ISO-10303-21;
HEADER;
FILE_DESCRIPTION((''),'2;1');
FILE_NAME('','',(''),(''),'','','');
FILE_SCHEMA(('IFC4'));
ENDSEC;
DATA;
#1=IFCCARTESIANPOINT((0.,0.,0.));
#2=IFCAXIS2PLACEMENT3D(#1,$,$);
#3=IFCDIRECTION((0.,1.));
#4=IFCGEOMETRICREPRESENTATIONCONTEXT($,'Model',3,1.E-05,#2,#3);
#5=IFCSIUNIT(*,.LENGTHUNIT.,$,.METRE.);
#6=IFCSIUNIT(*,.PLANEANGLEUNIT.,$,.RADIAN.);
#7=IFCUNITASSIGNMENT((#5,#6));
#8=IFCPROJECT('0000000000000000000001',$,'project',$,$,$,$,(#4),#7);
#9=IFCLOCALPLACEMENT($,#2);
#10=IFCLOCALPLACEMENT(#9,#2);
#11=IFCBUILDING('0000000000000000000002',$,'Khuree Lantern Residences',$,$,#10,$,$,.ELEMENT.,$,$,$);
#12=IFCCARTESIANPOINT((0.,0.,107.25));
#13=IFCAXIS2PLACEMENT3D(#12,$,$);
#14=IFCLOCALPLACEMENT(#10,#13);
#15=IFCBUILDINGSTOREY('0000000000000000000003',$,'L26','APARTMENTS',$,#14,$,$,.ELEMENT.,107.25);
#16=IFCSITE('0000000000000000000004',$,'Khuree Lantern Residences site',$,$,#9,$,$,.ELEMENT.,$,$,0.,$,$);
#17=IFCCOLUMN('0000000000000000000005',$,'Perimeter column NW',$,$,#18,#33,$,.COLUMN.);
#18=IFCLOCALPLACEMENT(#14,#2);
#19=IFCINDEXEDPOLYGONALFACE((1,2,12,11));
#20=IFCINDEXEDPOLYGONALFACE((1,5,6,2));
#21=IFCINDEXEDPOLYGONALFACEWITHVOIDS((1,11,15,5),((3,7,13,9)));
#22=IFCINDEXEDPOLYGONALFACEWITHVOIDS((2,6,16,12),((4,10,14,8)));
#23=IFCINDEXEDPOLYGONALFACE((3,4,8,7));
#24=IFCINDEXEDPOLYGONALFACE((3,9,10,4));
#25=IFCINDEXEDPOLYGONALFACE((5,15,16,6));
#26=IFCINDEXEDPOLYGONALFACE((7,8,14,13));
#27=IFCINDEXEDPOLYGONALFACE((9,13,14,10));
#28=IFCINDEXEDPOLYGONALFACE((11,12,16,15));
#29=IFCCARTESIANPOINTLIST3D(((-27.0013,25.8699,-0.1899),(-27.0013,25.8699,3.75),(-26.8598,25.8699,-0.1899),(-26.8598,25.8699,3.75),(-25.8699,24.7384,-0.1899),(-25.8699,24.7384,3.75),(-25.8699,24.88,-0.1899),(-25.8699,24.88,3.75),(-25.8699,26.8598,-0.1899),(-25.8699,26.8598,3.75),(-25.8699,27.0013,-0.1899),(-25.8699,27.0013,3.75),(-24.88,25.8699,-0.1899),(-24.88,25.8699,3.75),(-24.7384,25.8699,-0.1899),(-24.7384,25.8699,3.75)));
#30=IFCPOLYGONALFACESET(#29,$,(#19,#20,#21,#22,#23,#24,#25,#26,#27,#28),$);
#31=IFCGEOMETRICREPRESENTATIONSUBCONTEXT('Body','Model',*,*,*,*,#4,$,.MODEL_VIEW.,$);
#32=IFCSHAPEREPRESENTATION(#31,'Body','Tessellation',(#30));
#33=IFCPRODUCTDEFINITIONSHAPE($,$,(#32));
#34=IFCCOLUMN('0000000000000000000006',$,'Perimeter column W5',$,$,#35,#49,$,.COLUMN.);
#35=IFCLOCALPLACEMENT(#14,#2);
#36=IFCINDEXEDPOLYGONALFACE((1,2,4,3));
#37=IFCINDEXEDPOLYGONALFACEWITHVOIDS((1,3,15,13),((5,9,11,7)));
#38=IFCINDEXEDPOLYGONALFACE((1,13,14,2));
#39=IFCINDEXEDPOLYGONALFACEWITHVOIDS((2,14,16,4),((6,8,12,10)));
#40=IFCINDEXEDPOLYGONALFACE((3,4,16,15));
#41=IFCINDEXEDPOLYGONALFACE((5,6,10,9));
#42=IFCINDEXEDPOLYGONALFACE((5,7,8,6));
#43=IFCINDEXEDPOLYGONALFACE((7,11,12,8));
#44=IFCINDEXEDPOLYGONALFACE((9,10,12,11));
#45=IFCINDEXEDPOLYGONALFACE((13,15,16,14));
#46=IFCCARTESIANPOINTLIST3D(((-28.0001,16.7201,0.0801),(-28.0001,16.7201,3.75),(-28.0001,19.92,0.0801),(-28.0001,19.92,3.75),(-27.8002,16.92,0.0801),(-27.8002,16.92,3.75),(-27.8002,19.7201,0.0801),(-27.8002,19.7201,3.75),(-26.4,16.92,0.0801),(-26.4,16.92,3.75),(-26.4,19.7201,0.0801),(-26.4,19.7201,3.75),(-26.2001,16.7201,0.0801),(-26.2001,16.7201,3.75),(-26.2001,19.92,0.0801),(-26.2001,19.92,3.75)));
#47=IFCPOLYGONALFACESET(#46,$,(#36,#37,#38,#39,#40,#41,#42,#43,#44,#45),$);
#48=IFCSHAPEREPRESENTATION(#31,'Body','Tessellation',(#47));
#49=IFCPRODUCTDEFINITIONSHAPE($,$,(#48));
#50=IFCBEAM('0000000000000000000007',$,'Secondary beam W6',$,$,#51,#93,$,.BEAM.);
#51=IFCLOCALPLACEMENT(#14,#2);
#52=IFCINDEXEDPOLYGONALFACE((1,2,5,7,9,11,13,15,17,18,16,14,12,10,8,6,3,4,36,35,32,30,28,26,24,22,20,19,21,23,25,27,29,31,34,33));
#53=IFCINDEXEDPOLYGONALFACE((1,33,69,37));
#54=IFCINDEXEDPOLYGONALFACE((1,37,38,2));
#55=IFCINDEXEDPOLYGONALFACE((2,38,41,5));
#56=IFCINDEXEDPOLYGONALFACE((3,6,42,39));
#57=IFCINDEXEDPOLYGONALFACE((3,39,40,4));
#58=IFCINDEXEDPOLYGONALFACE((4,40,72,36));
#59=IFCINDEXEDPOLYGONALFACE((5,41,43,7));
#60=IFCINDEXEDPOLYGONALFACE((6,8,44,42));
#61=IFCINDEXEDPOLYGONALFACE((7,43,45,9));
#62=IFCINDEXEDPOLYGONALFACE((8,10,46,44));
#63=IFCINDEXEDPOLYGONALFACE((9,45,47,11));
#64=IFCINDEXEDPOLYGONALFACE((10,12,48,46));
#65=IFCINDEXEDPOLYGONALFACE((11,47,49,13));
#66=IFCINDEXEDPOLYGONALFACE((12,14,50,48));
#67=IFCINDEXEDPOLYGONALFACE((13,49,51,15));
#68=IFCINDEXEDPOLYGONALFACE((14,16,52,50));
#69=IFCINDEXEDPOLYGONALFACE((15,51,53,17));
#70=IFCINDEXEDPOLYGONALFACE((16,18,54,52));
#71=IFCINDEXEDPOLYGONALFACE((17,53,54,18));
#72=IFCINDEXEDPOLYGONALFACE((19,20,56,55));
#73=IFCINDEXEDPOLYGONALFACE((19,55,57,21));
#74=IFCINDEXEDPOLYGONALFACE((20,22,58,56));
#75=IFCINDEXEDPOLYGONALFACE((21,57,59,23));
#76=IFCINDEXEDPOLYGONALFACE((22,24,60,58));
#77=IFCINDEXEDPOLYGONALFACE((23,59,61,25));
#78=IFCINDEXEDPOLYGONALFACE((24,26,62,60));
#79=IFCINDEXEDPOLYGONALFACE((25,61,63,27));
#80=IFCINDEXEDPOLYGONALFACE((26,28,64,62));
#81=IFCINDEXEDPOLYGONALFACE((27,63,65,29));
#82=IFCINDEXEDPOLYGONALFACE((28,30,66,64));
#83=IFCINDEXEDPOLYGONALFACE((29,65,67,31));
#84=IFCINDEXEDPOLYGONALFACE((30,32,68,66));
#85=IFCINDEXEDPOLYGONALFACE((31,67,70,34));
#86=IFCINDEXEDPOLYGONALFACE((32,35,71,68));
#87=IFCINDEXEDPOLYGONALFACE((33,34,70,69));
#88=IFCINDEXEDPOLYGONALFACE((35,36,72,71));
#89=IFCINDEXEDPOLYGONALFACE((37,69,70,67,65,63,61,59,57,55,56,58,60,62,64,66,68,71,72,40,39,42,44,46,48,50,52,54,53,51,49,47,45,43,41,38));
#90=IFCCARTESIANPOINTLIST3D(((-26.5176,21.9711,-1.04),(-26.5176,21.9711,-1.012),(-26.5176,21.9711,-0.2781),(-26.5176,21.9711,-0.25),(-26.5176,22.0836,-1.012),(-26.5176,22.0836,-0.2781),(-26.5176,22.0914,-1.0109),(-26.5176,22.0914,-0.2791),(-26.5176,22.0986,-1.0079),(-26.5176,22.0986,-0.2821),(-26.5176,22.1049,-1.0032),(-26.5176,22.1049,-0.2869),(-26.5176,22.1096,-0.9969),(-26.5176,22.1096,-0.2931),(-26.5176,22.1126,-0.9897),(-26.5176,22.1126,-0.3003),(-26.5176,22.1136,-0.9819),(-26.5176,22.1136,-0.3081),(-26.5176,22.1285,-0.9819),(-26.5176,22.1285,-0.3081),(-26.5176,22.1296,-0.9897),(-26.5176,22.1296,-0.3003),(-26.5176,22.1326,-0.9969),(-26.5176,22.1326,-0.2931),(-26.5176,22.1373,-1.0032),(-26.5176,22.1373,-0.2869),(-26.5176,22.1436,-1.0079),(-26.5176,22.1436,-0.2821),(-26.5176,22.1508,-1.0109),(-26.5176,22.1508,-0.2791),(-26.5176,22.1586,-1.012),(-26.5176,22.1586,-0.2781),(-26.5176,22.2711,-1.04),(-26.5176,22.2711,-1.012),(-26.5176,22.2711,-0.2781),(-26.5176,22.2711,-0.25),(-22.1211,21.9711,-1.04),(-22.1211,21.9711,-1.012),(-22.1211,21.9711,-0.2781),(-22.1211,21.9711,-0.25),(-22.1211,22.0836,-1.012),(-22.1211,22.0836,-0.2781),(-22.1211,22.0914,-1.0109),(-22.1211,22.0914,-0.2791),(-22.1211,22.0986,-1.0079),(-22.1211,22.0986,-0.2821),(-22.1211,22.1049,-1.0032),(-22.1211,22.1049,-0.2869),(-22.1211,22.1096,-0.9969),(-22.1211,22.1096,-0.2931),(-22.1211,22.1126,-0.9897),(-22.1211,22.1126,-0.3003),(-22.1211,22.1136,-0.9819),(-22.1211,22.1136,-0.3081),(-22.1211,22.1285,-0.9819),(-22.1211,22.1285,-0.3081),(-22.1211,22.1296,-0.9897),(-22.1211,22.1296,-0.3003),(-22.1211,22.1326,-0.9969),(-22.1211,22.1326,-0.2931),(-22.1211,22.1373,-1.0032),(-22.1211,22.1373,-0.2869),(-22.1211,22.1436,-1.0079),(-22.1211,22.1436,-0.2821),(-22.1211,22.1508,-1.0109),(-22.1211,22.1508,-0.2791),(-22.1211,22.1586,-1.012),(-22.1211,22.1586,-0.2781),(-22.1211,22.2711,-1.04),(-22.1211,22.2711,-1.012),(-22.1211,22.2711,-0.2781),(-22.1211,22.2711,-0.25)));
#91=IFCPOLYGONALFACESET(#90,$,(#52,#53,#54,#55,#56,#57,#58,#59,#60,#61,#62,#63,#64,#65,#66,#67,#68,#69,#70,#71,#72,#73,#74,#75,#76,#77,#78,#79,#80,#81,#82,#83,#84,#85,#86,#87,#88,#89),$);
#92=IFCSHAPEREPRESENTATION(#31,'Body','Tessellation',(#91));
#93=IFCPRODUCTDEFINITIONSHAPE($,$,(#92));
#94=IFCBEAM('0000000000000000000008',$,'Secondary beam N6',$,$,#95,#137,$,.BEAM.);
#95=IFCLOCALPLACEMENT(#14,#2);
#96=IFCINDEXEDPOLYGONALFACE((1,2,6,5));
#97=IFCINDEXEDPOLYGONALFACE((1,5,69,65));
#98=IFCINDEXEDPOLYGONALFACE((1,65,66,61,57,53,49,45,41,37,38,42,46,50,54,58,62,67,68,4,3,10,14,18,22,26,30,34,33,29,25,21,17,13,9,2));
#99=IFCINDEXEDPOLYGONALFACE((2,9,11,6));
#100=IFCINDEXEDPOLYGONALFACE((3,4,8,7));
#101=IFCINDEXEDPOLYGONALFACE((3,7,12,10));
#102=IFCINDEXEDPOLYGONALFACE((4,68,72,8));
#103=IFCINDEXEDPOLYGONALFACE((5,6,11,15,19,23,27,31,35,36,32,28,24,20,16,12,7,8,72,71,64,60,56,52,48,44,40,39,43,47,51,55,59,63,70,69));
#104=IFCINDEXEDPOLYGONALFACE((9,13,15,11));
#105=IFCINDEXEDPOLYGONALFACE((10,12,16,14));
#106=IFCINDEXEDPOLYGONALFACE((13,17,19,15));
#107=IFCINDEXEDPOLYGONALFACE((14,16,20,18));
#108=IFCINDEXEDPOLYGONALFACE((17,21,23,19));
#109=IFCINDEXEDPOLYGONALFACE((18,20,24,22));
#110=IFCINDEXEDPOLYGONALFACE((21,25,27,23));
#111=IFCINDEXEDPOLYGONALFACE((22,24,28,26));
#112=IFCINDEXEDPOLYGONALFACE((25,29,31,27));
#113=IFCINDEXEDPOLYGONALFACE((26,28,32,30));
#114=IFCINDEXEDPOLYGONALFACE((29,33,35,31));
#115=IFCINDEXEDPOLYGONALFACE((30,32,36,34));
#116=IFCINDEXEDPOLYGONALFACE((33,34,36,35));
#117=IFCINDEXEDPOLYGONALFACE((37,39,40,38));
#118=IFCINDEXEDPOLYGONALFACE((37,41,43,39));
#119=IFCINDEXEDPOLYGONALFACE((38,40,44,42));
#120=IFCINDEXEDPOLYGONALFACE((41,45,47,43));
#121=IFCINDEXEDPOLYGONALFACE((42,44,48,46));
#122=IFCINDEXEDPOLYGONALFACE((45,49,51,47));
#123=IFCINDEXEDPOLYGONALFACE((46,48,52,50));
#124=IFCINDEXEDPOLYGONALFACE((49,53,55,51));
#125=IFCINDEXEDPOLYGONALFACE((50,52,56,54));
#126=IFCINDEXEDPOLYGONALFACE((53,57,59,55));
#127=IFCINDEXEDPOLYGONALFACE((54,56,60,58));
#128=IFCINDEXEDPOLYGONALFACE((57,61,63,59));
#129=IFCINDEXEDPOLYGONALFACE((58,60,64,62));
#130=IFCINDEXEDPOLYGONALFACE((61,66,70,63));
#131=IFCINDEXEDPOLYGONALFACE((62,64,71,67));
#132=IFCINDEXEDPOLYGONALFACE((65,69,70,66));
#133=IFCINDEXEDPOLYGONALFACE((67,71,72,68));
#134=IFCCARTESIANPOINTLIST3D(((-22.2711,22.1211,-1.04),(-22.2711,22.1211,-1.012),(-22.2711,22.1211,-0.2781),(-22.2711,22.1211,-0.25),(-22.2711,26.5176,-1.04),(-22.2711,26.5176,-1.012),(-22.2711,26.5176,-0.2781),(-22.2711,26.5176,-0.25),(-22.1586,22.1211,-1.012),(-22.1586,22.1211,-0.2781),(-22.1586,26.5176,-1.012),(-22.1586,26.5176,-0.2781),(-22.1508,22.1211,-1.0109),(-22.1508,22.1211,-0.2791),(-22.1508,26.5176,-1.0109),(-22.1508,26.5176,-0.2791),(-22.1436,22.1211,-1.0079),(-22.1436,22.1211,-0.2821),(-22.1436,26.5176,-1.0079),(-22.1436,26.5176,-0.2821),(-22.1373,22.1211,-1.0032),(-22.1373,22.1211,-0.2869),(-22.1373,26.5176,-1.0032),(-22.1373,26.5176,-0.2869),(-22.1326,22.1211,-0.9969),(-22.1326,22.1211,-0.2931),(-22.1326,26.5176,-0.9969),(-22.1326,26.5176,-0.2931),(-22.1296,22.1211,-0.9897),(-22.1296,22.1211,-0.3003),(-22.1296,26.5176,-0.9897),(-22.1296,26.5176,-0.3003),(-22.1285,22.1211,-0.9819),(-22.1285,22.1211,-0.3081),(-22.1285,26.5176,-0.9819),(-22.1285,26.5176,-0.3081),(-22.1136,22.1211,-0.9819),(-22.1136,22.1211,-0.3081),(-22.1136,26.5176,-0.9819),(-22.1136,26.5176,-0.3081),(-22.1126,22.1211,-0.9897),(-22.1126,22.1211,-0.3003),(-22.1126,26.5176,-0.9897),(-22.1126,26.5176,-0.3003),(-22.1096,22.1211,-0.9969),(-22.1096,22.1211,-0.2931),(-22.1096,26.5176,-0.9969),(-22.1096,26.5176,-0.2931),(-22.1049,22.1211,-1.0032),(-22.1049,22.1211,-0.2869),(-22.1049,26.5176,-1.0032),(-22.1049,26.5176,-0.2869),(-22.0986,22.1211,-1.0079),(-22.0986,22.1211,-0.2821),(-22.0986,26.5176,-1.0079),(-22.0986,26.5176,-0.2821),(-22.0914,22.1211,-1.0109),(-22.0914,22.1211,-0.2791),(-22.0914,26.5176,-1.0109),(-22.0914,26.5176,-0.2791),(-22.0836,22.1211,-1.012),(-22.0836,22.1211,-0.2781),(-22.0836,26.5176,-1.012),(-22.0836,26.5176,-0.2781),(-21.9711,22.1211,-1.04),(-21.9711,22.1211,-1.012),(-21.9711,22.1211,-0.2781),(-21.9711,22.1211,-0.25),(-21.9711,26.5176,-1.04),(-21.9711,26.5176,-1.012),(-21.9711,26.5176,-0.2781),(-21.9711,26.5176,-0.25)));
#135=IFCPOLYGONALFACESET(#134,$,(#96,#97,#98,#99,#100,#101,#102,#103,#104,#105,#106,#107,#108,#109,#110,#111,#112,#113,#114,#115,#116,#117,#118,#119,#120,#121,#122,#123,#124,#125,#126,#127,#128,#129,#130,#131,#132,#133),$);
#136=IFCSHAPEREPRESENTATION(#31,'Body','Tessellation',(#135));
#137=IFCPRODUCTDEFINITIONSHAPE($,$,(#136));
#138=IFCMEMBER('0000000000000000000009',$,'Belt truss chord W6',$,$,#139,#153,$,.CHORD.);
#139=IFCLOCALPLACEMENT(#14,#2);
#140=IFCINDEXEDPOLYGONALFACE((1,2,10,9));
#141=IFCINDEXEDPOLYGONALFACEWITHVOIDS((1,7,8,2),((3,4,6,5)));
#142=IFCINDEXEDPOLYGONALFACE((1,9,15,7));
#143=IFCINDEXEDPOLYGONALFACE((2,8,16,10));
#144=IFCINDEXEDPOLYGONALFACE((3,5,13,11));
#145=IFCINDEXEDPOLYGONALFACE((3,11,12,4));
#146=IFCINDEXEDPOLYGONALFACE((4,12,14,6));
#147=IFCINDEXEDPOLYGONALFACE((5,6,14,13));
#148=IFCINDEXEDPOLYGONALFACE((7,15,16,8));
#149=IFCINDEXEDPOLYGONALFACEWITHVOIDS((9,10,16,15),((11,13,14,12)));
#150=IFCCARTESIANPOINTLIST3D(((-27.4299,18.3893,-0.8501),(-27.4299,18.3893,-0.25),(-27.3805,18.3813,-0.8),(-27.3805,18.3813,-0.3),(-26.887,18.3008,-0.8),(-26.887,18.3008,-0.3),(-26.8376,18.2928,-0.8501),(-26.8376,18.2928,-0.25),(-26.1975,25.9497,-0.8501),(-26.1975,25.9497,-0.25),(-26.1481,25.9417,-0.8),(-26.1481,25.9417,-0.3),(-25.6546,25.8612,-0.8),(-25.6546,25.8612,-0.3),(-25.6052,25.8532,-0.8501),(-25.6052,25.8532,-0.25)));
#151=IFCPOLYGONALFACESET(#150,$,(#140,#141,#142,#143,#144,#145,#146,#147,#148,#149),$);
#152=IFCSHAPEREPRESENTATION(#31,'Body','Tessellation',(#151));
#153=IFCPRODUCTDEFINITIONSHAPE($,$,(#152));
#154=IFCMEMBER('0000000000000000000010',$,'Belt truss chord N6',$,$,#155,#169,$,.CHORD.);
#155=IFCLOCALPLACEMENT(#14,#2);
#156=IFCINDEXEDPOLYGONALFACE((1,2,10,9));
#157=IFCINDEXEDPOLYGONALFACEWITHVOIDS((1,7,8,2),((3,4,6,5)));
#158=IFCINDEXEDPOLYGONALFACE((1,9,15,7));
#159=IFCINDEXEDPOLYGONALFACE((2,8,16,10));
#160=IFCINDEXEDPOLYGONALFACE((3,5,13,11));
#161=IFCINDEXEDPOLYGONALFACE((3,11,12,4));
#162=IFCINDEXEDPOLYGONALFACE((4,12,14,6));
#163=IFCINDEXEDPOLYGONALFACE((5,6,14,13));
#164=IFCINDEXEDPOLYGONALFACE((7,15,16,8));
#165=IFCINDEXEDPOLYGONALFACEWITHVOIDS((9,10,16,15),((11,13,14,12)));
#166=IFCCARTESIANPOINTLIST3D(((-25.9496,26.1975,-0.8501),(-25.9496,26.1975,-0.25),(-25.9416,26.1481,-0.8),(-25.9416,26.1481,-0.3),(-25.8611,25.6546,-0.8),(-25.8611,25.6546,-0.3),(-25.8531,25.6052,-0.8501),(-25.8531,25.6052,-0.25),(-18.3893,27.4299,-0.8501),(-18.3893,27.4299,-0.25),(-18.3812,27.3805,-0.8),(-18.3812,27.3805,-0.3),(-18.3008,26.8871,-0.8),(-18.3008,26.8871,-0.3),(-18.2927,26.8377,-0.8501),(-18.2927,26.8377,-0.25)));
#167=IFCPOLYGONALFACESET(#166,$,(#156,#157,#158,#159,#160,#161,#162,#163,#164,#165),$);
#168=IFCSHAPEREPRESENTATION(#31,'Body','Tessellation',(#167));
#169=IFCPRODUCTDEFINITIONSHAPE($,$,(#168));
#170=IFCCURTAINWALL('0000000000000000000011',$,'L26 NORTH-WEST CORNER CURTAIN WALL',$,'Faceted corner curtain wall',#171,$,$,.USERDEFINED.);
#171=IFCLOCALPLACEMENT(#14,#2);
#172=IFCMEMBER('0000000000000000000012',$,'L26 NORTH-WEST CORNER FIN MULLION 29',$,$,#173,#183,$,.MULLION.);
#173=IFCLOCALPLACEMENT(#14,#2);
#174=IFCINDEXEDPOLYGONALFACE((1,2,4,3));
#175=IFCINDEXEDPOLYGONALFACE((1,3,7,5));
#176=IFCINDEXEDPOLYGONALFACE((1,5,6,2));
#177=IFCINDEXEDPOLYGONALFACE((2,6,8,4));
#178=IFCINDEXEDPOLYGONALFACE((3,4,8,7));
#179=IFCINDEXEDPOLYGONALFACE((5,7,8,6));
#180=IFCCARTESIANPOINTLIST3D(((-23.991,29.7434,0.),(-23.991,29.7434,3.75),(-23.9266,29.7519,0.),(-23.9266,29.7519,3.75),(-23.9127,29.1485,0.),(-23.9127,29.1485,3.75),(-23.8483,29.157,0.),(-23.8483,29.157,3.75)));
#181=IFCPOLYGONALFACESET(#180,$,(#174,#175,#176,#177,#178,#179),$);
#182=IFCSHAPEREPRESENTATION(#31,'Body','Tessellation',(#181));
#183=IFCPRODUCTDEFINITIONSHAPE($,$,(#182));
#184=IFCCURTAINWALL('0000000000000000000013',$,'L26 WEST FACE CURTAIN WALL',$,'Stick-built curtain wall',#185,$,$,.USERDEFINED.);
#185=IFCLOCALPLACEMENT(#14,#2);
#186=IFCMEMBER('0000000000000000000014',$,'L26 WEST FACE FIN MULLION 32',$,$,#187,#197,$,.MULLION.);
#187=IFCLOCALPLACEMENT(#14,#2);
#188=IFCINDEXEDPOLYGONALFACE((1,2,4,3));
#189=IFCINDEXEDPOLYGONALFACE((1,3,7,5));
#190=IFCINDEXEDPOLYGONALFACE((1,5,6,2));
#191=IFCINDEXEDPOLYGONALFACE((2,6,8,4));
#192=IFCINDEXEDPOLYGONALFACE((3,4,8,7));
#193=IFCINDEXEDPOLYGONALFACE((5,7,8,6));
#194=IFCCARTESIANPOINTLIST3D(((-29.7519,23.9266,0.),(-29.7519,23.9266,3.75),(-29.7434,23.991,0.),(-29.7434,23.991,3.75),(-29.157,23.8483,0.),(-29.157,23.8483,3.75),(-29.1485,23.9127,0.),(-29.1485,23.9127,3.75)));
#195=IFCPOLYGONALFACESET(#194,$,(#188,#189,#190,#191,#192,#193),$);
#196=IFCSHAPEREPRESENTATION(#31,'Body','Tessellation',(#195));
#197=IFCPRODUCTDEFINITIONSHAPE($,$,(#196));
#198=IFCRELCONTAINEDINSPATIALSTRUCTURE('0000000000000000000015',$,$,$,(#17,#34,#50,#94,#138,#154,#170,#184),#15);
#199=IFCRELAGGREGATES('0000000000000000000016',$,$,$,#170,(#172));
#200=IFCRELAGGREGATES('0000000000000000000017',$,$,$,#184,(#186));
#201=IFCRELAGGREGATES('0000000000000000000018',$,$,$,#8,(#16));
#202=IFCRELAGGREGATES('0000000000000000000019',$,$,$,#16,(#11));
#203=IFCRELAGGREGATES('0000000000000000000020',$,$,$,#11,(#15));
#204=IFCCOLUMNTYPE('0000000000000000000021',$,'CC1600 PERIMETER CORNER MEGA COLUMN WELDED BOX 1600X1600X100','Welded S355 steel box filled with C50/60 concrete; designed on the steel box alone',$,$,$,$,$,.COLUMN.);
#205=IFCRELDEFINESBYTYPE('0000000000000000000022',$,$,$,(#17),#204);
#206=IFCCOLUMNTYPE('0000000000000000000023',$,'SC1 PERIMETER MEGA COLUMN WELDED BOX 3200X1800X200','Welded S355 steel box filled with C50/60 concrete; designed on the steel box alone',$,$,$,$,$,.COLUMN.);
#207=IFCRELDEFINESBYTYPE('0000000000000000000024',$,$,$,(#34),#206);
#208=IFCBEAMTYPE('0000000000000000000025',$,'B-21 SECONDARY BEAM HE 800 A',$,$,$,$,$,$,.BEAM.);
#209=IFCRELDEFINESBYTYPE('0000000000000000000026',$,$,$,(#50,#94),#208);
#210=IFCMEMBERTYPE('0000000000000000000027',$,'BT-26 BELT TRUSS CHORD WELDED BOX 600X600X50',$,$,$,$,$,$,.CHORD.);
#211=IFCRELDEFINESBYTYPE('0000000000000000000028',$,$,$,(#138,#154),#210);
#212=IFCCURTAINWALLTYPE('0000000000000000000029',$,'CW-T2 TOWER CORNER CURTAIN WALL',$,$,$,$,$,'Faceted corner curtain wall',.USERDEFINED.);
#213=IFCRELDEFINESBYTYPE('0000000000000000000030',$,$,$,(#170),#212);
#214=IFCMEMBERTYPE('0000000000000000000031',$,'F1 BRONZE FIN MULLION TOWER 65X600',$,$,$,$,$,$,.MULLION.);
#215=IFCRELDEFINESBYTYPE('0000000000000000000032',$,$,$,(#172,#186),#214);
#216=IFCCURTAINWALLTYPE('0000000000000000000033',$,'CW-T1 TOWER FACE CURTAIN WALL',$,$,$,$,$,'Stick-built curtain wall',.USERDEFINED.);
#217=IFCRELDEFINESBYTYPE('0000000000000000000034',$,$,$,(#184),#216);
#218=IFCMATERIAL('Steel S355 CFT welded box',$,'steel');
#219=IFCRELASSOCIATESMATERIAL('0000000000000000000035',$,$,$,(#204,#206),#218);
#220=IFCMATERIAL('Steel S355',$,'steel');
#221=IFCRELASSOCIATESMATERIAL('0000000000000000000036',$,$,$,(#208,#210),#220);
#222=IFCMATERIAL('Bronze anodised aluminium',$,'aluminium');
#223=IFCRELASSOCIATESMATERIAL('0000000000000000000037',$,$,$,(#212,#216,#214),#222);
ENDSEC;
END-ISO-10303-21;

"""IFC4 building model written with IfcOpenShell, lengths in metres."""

from ifc_helpers import new_model, si_unit, direction, frame, origin, origin_2d, place, context, subcontext, project, spatial, rectangle, hollow_rectangle, i_section, extrude, material, material_profile, profile_set, type_object, element, aggregate, save


model = new_model("IFC4")

# Units and contexts
model_context = context("Model", 3, precision=1e-05, world=origin(), true_north=direction((0.0, 1.0)))
body_context = subcontext(model_context, "Body", "Model", "MODEL_VIEW")
ifc_project = project(units=[si_unit("LENGTHUNIT", "METRE"), si_unit("PLANEANGLEUNIT", "RADIAN")], contexts=[model_context])

# Site, building, storey
site_placement = place(None, origin())
site = spatial("IfcSite", under=ifc_project, at=site_placement, Name="Khuree Lantern Residences site", CompositionType="ELEMENT", RefElevation=0.0)
building_placement = place(site_placement, origin())
building = spatial("IfcBuilding", under=site, at=building_placement, Name="Khuree Lantern Residences", CompositionType="ELEMENT")
storey_placement = place(building_placement, frame((0.0, 0.0, 107.25)))
storey = spatial("IfcBuildingStorey", under=building, at=storey_placement, Name="L26", Description="APARTMENTS", CompositionType="ELEMENT", Elevation=107.25)

# Columns
ifc_material_1 = material(Name="Steel S355 CFT welded box", Category="steel")
ifc_material_profile_1 = material_profile(ifc_material_1, hollow_rectangle(XDim=1.6001, YDim=1.6001, WallThickness=0.1001, at=origin_2d()), Name="WELDED BOX 1600X1600X100")
ifc_profile_set_1 = profile_set([ifc_material_profile_1], Name="Steel S355 CFT welded box")
column_type_1 = type_object("IfcColumnType", Name="CC1600 PERIMETER CORNER MEGA COLUMN WELDED BOX 1600X1600X100", Description="Welded S355 steel box filled with C50/60 concrete; designed on the steel box alone", PredefinedType="COLUMN", material=ifc_profile_set_1)
column_1_placement = place(storey_placement, frame((-25.8699, 25.8699, -0.1899), z_axis=(0.0, 0.0, 1.0), x_axis=(0.707107, 0.707107, 0.0)))
element("IfcColumn", 1, at=column_1_placement, inside=storey, type_object=column_type_1, Name="Perimeter column NW", PredefinedType="COLUMN", context=body_context, shape_type="SweptSolid", body=[
    extrude(hollow_rectangle(XDim=1.6001, YDim=1.6001, WallThickness=0.1001, at=origin_2d()), origin(), (0.0, 0.0, 1.0), 3.9399),
])
ifc_material_profile_2 = material_profile(ifc_material_1, hollow_rectangle(XDim=3.2, YDim=1.8, WallThickness=0.2, at=origin_2d()), Name="WELDED BOX 3200X1800X200")
ifc_profile_set_2 = profile_set([ifc_material_profile_2], Name="Steel S355 CFT welded box")
column_type_2 = type_object("IfcColumnType", Name="SC1 PERIMETER MEGA COLUMN WELDED BOX 3200X1800X200", Description="Welded S355 steel box filled with C50/60 concrete; designed on the steel box alone", PredefinedType="COLUMN", material=ifc_profile_set_2)
column_2_placement = place(storey_placement, frame((-27.1001, 18.3201, 0.0801), z_axis=(0.0, 0.0, 1.0), x_axis=(0.0, 1.0, 0.0)))
element("IfcColumn", 2, at=column_2_placement, inside=storey, type_object=column_type_2, Name="Perimeter column W5", PredefinedType="COLUMN", context=body_context, shape_type="SweptSolid", body=[
    extrude(hollow_rectangle(XDim=3.2, YDim=1.8, WallThickness=0.2, at=origin_2d()), origin(), (0.0, 0.0, 1.0), 3.6699),
])

# Beams
ifc_material_2 = material(Name="Steel S355", Category="steel")
ifc_material_profile_3 = material_profile(ifc_material_2, i_section(OverallWidth=0.3, OverallDepth=0.79, WebThickness=0.0149, FlangeThickness=0.0281, FilletRadius=0.03, at=origin_2d()), Name="HE 800 A")
ifc_profile_set_3 = profile_set([ifc_material_profile_3], Name="Steel S355")
beam_type_1 = type_object("IfcBeamType", Name="B-21 SECONDARY BEAM HE 800 A", PredefinedType="BEAM", material=ifc_profile_set_3)
for number, where, z_axis, x_axis, name in (
    (3, (-26.5176, 22.1211, -0.645), (1.0, 0.0, 0.0), (0.0, 1.0, 0.0), "Secondary beam W6"),
    (4, (-22.1211, 26.5176, -0.645), (0.0, -1.0, 0.0), (1.0, 0.0, 0.0), "Secondary beam N6"),
):
    element("IfcBeam", number, at=place(storey_placement, frame(where, z_axis=z_axis, x_axis=x_axis)), inside=storey, type_object=beam_type_1, Name=name, PredefinedType="BEAM", context=body_context, shape_type="SweptSolid", body=[
        extrude(i_section(OverallWidth=0.3, OverallDepth=0.79, WebThickness=0.0149, FlangeThickness=0.0281, FilletRadius=0.03, at=origin_2d()), origin(), (0.0, 0.0, 1.0), 4.3965),
    ])

# Members
ifc_material_profile_4 = material_profile(ifc_material_2, hollow_rectangle(XDim=0.6001, YDim=0.6001, WallThickness=0.05, at=origin_2d()), Name="WELDED BOX 600X600X50")
ifc_profile_set_4 = profile_set([ifc_material_profile_4], Name="Steel S355")
member_type_1 = type_object("IfcMemberType", Name="BT-26 BELT TRUSS CHORD WELDED BOX 600X600X50", PredefinedType="CHORD", material=ifc_profile_set_4)
for number, where, z_axis, x_axis, name in (
    (5, (-27.1338, 18.3411, -0.55), (0.160889, 0.986973, 0.0), (-0.986973, 0.160889, 0.0), "Belt truss chord W6"),
    (6, (-25.9014, 25.9014, -0.55), (0.986973, 0.160889, 0.0), (-0.160889, 0.986973, 0.0), "Belt truss chord N6"),
):
    element("IfcMember", number, at=place(storey_placement, frame(where, z_axis=z_axis, x_axis=x_axis)), inside=storey, type_object=member_type_1, Name=name, PredefinedType="CHORD", context=body_context, shape_type="SweptSolid", body=[
        extrude(hollow_rectangle(XDim=0.6001, YDim=0.6001, WallThickness=0.05, at=origin_2d()), origin(), (0.0, 0.0, 1.0), 7.6602),
    ])

# Curtain walls, members
ifc_material_3 = material(Name="Bronze anodised aluminium", Category="aluminium")
curtain_wall_type_1 = type_object("IfcCurtainWallType", Name="CW-T2 TOWER CORNER CURTAIN WALL", ElementType="Faceted corner curtain wall", PredefinedType="USERDEFINED", material=ifc_material_3)
curtain_wall_1_placement = place(storey_placement, origin())
curtain_wall_1 = element("IfcCurtainWall", 7, at=curtain_wall_1_placement, inside=storey, type_object=curtain_wall_type_1, Name="L26 NORTH-WEST CORNER CURTAIN WALL", ObjectType="Faceted corner curtain wall", PredefinedType="USERDEFINED")
ifc_material_profile_5 = material_profile(ifc_material_3, rectangle(XDim=0.0649, YDim=0.6001, at=origin_2d()), Name="F1 65X600")
ifc_profile_set_5 = profile_set([ifc_material_profile_5], Name="Bronze anodised aluminium")
member_type_2 = type_object("IfcMemberType", Name="F1 BRONZE FIN MULLION TOWER 65X600", PredefinedType="MULLION", material=ifc_profile_set_5)
member_1_placement = place(storey_placement, frame((-23.9197, 29.4502, 0.0), z_axis=(0.0, 0.0, 1.0), x_axis=(-0.991445, -0.130526, 0.0)))
member_1 = element("IfcMember", 8, at=member_1_placement, type_object=member_type_2, Name="L26 NORTH-WEST CORNER FIN MULLION 29", PredefinedType="MULLION", context=body_context, shape_type="SweptSolid", body=[
    extrude(rectangle(XDim=0.0649, YDim=0.6001, at=origin_2d()), origin(), (0.0, 0.0, 1.0), 3.75),
])
curtain_wall_type_2 = type_object("IfcCurtainWallType", Name="CW-T1 TOWER FACE CURTAIN WALL", ElementType="Stick-built curtain wall", PredefinedType="USERDEFINED", material=ifc_material_3)
curtain_wall_2_placement = place(storey_placement, origin())
curtain_wall_2 = element("IfcCurtainWall", 9, at=curtain_wall_2_placement, inside=storey, type_object=curtain_wall_type_2, Name="L26 WEST FACE CURTAIN WALL", ObjectType="Stick-built curtain wall", PredefinedType="USERDEFINED")
member_2_placement = place(storey_placement, frame((-29.4502, 23.9197, 0.0), z_axis=(0.0, 0.0, 1.0), x_axis=(-0.130526, -0.991445, 0.0)))
member_2 = element("IfcMember", 10, at=member_2_placement, type_object=member_type_2, Name="L26 WEST FACE FIN MULLION 32", PredefinedType="MULLION", context=body_context, shape_type="SweptSolid", body=[
    extrude(rectangle(XDim=0.0649, YDim=0.6001, at=origin_2d()), origin(), (0.0, 0.0, 1.0), 3.75),
])

aggregate(curtain_wall_1, [member_1])

aggregate(curtain_wall_2, [member_2])

save(model, "model.ifc")
